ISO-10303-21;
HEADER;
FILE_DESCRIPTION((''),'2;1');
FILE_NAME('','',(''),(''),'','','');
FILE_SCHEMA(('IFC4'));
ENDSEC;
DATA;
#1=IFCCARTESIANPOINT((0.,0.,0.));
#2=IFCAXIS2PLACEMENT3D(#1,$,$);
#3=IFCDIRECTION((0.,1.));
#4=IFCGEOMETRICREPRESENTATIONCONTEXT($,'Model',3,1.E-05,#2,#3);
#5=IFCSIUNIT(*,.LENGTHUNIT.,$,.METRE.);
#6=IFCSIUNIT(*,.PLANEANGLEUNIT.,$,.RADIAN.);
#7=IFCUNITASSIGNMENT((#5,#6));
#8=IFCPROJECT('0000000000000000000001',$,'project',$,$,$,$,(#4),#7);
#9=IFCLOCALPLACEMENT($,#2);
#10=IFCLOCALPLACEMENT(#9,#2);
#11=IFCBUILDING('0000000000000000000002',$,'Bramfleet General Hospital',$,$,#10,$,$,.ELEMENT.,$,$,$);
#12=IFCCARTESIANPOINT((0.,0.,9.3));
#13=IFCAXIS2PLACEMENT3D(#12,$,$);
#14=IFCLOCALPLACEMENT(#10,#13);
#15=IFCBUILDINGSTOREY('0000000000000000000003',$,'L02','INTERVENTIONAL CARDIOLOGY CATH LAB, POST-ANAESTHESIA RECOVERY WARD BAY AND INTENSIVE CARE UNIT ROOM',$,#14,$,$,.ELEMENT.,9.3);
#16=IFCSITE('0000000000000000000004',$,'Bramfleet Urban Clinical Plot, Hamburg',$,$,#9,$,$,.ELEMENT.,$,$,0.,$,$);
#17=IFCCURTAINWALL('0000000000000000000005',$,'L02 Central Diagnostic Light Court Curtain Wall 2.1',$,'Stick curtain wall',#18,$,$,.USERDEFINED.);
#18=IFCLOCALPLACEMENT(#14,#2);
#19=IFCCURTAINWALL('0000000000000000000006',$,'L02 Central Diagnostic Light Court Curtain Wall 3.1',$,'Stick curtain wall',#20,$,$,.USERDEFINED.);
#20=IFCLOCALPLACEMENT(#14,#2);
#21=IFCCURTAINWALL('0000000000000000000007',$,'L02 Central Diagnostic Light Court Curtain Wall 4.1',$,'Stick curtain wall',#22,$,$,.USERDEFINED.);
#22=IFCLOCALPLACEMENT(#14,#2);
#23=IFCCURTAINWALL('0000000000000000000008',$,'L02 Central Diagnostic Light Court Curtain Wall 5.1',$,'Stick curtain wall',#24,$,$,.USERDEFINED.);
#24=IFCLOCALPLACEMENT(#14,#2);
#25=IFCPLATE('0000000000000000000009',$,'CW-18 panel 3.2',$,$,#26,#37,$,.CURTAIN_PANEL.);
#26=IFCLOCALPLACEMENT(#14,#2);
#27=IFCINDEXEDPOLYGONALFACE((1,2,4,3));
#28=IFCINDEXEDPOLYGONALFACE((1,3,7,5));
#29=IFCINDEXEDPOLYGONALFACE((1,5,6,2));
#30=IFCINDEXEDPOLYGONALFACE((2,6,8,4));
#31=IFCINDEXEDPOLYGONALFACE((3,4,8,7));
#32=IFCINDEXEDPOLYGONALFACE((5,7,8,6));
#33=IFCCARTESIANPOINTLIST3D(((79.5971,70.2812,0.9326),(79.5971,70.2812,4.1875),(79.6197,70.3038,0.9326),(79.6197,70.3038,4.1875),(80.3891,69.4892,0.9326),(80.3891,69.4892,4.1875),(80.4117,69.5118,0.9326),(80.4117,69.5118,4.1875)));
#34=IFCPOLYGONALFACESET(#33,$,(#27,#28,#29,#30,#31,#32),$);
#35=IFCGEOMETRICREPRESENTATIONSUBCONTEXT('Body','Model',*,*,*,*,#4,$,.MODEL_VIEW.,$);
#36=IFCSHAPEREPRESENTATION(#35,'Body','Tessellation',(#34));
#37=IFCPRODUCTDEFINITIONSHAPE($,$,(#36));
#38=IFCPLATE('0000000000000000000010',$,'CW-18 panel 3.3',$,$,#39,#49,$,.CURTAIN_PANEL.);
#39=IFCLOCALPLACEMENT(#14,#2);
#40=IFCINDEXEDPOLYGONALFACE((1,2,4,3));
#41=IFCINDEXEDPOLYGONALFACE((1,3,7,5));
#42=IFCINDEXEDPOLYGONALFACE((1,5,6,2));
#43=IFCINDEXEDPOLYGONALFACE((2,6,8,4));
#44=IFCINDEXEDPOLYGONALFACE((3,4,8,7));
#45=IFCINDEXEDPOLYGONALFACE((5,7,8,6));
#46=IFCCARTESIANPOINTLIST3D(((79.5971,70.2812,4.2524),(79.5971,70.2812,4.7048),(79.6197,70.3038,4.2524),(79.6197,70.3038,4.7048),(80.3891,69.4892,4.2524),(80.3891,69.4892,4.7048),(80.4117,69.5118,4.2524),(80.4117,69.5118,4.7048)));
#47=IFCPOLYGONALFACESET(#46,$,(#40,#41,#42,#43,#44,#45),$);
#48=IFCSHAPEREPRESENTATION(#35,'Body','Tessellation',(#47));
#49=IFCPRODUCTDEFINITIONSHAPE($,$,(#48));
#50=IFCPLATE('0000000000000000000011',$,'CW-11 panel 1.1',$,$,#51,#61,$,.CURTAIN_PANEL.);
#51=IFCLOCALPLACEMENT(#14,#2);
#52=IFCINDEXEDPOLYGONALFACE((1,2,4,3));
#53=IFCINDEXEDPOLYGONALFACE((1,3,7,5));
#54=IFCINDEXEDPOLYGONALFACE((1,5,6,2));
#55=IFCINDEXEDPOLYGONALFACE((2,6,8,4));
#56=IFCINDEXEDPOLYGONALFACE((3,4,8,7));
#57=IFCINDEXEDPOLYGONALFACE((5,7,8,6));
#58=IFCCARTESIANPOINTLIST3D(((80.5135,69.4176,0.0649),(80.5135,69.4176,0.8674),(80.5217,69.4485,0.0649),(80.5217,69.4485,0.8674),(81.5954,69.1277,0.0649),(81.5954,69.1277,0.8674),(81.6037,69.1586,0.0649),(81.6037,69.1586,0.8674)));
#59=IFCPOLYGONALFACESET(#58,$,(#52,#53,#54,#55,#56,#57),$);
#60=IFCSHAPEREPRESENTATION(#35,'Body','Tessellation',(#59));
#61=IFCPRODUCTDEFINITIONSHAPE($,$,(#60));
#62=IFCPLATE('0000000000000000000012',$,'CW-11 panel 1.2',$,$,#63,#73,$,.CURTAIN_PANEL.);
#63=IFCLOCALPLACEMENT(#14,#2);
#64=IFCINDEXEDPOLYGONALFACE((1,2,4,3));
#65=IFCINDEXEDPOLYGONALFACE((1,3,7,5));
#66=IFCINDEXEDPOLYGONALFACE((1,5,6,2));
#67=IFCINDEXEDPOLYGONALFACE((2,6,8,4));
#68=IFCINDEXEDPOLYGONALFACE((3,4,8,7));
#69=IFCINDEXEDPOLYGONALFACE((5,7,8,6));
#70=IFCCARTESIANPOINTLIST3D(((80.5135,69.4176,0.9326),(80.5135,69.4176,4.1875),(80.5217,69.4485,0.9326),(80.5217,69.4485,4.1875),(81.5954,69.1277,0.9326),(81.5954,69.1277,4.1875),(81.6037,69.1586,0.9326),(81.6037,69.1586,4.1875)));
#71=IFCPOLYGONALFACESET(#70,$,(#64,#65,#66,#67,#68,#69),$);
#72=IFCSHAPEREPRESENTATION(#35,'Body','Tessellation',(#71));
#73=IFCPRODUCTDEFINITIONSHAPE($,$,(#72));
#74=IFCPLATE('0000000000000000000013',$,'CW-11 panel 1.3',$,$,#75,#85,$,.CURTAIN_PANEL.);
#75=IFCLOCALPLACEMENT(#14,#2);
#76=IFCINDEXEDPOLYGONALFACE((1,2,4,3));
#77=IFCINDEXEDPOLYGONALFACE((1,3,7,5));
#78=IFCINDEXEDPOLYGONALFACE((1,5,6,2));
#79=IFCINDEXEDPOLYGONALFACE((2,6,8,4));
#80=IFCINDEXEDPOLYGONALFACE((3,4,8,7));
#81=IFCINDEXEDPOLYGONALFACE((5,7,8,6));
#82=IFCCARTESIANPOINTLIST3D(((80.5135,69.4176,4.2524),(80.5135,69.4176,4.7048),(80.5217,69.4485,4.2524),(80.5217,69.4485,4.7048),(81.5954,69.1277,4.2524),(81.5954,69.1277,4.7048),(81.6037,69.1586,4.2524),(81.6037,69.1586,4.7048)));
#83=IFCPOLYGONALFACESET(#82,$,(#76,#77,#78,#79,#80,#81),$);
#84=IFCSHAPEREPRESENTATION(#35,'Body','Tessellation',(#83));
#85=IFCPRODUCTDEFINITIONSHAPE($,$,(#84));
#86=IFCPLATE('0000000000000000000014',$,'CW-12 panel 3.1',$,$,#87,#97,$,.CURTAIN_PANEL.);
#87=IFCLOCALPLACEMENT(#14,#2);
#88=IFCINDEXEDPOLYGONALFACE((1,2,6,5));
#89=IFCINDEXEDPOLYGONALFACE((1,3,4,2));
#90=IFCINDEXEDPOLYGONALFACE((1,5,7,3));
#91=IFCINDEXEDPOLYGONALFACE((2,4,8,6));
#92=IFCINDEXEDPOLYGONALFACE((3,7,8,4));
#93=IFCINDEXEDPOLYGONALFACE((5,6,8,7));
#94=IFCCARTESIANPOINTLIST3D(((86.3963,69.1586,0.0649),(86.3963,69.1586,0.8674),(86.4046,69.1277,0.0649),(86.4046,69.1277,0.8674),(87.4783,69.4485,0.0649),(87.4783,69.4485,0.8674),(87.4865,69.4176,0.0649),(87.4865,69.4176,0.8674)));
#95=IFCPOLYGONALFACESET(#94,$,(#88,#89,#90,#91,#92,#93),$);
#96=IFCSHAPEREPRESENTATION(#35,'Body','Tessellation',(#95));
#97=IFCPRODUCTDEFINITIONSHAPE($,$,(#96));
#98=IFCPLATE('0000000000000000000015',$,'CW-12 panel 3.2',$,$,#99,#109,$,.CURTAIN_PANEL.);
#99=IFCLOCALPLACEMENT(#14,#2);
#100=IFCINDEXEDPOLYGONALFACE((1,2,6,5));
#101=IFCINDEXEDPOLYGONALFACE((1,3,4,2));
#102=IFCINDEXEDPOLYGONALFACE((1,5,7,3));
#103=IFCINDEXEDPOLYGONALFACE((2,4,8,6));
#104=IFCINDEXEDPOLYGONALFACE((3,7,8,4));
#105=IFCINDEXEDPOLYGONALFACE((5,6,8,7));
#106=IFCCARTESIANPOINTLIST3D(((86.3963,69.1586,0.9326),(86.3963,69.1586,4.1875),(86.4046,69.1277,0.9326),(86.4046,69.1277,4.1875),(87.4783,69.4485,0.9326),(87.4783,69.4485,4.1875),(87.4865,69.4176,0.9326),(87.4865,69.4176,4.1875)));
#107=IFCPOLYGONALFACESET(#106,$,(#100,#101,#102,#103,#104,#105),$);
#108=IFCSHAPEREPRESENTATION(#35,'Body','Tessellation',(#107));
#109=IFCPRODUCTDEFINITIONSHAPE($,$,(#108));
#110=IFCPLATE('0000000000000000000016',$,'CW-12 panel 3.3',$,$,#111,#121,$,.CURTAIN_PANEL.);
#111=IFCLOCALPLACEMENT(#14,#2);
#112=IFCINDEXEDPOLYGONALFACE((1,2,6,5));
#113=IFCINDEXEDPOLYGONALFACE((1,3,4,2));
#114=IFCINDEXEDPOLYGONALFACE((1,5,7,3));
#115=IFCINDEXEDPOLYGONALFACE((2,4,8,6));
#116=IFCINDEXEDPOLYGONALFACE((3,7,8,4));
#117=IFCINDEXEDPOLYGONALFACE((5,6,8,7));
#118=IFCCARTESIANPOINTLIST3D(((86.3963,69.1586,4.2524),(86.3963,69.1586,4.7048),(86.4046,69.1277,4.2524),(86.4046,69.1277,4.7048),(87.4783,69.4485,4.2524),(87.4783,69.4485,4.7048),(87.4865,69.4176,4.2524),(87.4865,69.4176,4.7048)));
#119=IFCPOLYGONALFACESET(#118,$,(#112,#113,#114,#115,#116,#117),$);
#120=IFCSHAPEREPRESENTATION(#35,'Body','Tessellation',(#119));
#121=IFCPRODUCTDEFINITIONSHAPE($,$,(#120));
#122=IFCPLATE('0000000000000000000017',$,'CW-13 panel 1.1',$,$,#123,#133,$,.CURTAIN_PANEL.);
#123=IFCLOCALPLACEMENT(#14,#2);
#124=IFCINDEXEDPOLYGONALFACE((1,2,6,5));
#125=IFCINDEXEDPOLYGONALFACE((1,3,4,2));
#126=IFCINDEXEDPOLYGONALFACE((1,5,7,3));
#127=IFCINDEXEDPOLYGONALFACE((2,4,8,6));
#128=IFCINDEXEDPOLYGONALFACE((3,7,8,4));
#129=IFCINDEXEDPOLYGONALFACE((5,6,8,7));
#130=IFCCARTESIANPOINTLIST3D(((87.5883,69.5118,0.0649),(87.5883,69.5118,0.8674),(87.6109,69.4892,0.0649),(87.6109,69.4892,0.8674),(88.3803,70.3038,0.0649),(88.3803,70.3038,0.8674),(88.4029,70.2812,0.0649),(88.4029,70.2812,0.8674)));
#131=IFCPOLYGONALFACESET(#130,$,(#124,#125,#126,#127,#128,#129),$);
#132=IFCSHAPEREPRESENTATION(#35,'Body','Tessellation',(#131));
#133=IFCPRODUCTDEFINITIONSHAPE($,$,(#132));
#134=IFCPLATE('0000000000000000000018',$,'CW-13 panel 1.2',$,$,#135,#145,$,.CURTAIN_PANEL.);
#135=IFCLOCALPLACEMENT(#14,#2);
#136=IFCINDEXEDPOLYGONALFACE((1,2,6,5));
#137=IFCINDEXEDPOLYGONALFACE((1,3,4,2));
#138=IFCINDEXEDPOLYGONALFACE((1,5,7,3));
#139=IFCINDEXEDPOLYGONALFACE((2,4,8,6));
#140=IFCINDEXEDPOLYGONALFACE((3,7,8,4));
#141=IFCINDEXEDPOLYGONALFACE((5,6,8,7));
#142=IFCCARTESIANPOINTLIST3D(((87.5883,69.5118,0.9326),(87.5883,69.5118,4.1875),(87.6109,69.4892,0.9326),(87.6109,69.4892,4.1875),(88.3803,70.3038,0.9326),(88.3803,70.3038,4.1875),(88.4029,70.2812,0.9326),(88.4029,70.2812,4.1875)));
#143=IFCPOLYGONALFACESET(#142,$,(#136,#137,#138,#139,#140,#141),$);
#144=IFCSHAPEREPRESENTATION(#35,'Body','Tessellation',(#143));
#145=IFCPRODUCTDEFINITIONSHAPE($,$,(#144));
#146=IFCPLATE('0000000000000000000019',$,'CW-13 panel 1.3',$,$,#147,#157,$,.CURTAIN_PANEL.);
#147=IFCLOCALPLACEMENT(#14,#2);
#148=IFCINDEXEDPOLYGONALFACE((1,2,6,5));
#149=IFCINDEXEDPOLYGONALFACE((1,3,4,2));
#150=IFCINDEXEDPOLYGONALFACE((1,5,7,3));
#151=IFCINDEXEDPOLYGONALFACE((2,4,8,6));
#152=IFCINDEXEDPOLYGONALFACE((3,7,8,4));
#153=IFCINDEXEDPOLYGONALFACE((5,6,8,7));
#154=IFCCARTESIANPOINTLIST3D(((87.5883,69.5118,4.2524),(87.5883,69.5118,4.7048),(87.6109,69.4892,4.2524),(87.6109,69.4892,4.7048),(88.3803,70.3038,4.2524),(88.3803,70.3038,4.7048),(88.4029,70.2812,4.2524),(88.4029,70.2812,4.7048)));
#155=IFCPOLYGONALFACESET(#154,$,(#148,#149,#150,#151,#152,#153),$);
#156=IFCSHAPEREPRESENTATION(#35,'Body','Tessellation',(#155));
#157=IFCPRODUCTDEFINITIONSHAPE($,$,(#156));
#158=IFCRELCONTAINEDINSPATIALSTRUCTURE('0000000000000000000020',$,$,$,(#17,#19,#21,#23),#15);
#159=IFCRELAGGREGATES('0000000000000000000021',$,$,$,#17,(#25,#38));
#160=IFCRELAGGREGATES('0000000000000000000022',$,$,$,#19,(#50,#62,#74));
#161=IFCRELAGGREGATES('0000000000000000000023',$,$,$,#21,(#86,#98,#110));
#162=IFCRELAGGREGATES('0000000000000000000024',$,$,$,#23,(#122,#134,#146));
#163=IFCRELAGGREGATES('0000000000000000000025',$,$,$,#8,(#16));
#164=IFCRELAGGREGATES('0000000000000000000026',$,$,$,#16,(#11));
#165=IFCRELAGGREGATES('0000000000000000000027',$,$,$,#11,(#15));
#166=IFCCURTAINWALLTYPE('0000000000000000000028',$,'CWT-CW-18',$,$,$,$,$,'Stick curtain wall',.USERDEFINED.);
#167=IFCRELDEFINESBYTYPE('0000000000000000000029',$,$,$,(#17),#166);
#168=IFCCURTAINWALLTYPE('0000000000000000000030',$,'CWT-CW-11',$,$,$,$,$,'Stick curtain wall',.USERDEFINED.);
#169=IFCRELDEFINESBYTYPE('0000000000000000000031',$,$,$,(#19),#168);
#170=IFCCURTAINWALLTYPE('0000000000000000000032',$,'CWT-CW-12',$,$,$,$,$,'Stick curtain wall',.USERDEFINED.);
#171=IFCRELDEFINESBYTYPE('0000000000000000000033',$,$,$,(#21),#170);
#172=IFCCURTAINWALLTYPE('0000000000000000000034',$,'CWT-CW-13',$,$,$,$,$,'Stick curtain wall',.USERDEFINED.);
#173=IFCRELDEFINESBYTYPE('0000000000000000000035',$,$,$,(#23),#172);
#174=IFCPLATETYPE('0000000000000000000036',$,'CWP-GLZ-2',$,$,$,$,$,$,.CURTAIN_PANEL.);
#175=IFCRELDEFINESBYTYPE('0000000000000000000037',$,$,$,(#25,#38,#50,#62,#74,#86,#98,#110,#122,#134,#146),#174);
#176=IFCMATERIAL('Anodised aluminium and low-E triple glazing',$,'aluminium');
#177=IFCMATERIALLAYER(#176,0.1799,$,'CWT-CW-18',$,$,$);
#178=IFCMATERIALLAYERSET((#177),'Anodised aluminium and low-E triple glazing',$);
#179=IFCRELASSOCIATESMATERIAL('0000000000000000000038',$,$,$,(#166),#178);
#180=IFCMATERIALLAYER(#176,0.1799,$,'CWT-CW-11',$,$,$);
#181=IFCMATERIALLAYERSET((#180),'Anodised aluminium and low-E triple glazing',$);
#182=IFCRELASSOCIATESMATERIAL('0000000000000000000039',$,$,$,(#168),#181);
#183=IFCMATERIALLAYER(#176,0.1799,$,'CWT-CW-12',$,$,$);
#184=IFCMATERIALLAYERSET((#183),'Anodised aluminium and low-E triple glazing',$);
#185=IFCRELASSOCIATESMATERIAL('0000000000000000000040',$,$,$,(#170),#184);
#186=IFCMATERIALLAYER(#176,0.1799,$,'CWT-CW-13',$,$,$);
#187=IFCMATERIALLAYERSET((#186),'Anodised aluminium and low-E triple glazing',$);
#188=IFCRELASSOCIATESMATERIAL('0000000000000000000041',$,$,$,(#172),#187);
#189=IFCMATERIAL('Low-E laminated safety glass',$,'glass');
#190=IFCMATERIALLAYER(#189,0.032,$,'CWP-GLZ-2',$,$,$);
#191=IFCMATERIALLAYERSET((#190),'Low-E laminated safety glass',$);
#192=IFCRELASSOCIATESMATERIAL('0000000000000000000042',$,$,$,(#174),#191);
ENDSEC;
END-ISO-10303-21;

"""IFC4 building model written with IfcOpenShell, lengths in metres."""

from ifc_helpers import new_model, si_unit, direction, frame, origin, origin_2d, place, context, subcontext, project, spatial, rectangle, extrude, material, layer, layer_set, type_object, element, aggregate, save


model = new_model("IFC4")

# Units and contexts
model_context = context("Model", 3, precision=1e-05, world=origin(), true_north=direction((0.0, 1.0)))
body_context = subcontext(model_context, "Body", "Model", "MODEL_VIEW")
ifc_project = project(units=[si_unit("LENGTHUNIT", "METRE"), si_unit("PLANEANGLEUNIT", "RADIAN")], contexts=[model_context])

# Site, building, storey
site_placement = place(None, origin())
site = spatial("IfcSite", under=ifc_project, at=site_placement, Name="Bramfleet Urban Clinical Plot, Hamburg", CompositionType="ELEMENT", RefElevation=0.0)
building_placement = place(site_placement, origin())
building = spatial("IfcBuilding", under=site, at=building_placement, Name="Bramfleet General Hospital", CompositionType="ELEMENT")
storey_placement = place(building_placement, frame((0.0, 0.0, 9.3)))
storey = spatial("IfcBuildingStorey", under=building, at=storey_placement, Name="L02", Description="INTERVENTIONAL CARDIOLOGY CATH LAB, POST-ANAESTHESIA RECOVERY WARD BAY AND INTENSIVE CARE UNIT ROOM", CompositionType="ELEMENT", Elevation=9.3)

# Curtain wall
ifc_material_1 = material(Name="Anodised aluminium and low-E triple glazing", Category="aluminium")
ifc_layer_1 = layer(ifc_material_1, 0.1799, Name="CWT-CW-18")
ifc_layer_set_1 = layer_set([ifc_layer_1], Name="Anodised aluminium and low-E triple glazing")
curtain_wall_type_1 = type_object("IfcCurtainWallType", Name="CWT-CW-18", ElementType="Stick curtain wall", PredefinedType="USERDEFINED", material=ifc_layer_set_1)
curtain_wall_1_placement = place(storey_placement, origin())
curtain_wall_1 = element("IfcCurtainWall", 1, at=curtain_wall_1_placement, inside=storey, type_object=curtain_wall_type_1, Name="L02 Central Diagnostic Light Court Curtain Wall 2.1", ObjectType="Stick curtain wall", PredefinedType="USERDEFINED")

# Curtain walls
ifc_layer_2 = layer(ifc_material_1, 0.1799, Name="CWT-CW-11")
ifc_layer_set_2 = layer_set([ifc_layer_2], Name="Anodised aluminium and low-E triple glazing")
curtain_wall_type_2 = type_object("IfcCurtainWallType", Name="CWT-CW-11", ElementType="Stick curtain wall", PredefinedType="USERDEFINED", material=ifc_layer_set_2)
curtain_wall_2_placement = place(storey_placement, origin())
curtain_wall_2 = element("IfcCurtainWall", 2, at=curtain_wall_2_placement, inside=storey, type_object=curtain_wall_type_2, Name="L02 Central Diagnostic Light Court Curtain Wall 3.1", ObjectType="Stick curtain wall", PredefinedType="USERDEFINED")
ifc_layer_3 = layer(ifc_material_1, 0.1799, Name="CWT-CW-12")
ifc_layer_set_3 = layer_set([ifc_layer_3], Name="Anodised aluminium and low-E triple glazing")
curtain_wall_type_3 = type_object("IfcCurtainWallType", Name="CWT-CW-12", ElementType="Stick curtain wall", PredefinedType="USERDEFINED", material=ifc_layer_set_3)
curtain_wall_3_placement = place(storey_placement, origin())
curtain_wall_3 = element("IfcCurtainWall", 3, at=curtain_wall_3_placement, inside=storey, type_object=curtain_wall_type_3, Name="L02 Central Diagnostic Light Court Curtain Wall 4.1", ObjectType="Stick curtain wall", PredefinedType="USERDEFINED")
ifc_layer_4 = layer(ifc_material_1, 0.1799, Name="CWT-CW-13")
ifc_layer_set_4 = layer_set([ifc_layer_4], Name="Anodised aluminium and low-E triple glazing")
curtain_wall_type_4 = type_object("IfcCurtainWallType", Name="CWT-CW-13", ElementType="Stick curtain wall", PredefinedType="USERDEFINED", material=ifc_layer_set_4)
curtain_wall_4_placement = place(storey_placement, origin())
curtain_wall_4 = element("IfcCurtainWall", 4, at=curtain_wall_4_placement, inside=storey, type_object=curtain_wall_type_4, Name="L02 Central Diagnostic Light Court Curtain Wall 5.1", ObjectType="Stick curtain wall", PredefinedType="USERDEFINED")

# Plates
ifc_material_2 = material(Name="Low-E laminated safety glass", Category="glass")
ifc_layer_5 = layer(ifc_material_2, 0.032, Name="CWP-GLZ-2")
ifc_layer_set_5 = layer_set([ifc_layer_5], Name="Low-E laminated safety glass")
plate_type = type_object("IfcPlateType", Name="CWP-GLZ-2", PredefinedType="CURTAIN_PANEL", material=ifc_layer_set_5)
plate_1_placement = place(storey_placement, frame((80.0044, 69.8965, 0.9326), z_axis=(0.0, 0.0, 1.0), x_axis=(0.707107, -0.707107, 0.0)))
plate_1 = element("IfcPlate", 5, at=plate_1_placement, type_object=plate_type, Name="CW-18 panel 3.2", PredefinedType="CURTAIN_PANEL", context=body_context, shape_type="SweptSolid", body=[
    extrude(rectangle(XDim=1.1201, YDim=0.032, at=origin_2d()), origin(), (0.0, 0.0, 1.0), 3.2549),
])
plate_2_placement = place(storey_placement, frame((80.0044, 69.8965, 4.2524), z_axis=(0.0, 0.0, 1.0), x_axis=(0.707107, -0.707107, 0.0)))
plate_2 = element("IfcPlate", 6, at=plate_2_placement, type_object=plate_type, Name="CW-18 panel 3.3", PredefinedType="CURTAIN_PANEL", context=body_context, shape_type="SweptSolid", body=[
    extrude(rectangle(XDim=1.1201, YDim=0.032, at=origin_2d()), origin(), (0.0, 0.0, 1.0), 0.4524),
])
aggregate(curtain_wall_1, [plate_1, plate_2])
plate_3_placement = place(storey_placement, frame((81.0586, 69.2881, 0.0649), z_axis=(0.0, 0.0, 1.0), x_axis=(0.965941, -0.258763, 0.0)))
plate_3 = element("IfcPlate", 7, at=plate_3_placement, type_object=plate_type, Name="CW-11 panel 1.1", PredefinedType="CURTAIN_PANEL", context=body_context, shape_type="SweptSolid", body=[
    extrude(rectangle(XDim=1.1201, YDim=0.032, at=origin_2d()), origin(), (0.0, 0.0, 1.0), 0.8025),
])
plate_4_placement = place(storey_placement, frame((81.0586, 69.2881, 0.9326), z_axis=(0.0, 0.0, 1.0), x_axis=(0.965941, -0.258763, 0.0)))
plate_4 = element("IfcPlate", 8, at=plate_4_placement, type_object=plate_type, Name="CW-11 panel 1.2", PredefinedType="CURTAIN_PANEL", context=body_context, shape_type="SweptSolid", body=[
    extrude(rectangle(XDim=1.1201, YDim=0.032, at=origin_2d()), origin(), (0.0, 0.0, 1.0), 3.2549),
])
plate_5_placement = place(storey_placement, frame((81.0586, 69.2881, 4.2524), z_axis=(0.0, 0.0, 1.0), x_axis=(0.965941, -0.258763, 0.0)))
plate_5 = element("IfcPlate", 9, at=plate_5_placement, type_object=plate_type, Name="CW-11 panel 1.3", PredefinedType="CURTAIN_PANEL", context=body_context, shape_type="SweptSolid", body=[
    extrude(rectangle(XDim=1.1201, YDim=0.032, at=origin_2d()), origin(), (0.0, 0.0, 1.0), 0.4524),
])
aggregate(curtain_wall_2, [plate_3, plate_4, plate_5])
plate_6_placement = place(storey_placement, frame((86.9414, 69.2881, 0.0649), z_axis=(0.0, 0.0, 1.0), x_axis=(0.965941, 0.258763, 0.0)))
plate_6 = element("IfcPlate", 10, at=plate_6_placement, type_object=plate_type, Name="CW-12 panel 3.1", PredefinedType="CURTAIN_PANEL", context=body_context, shape_type="SweptSolid", body=[
    extrude(rectangle(XDim=1.1201, YDim=0.032, at=origin_2d()), origin(), (0.0, 0.0, 1.0), 0.8025),
])
plate_7_placement = place(storey_placement, frame((86.9414, 69.2881, 0.9326), z_axis=(0.0, 0.0, 1.0), x_axis=(0.965941, 0.258763, 0.0)))
plate_7 = element("IfcPlate", 11, at=plate_7_placement, type_object=plate_type, Name="CW-12 panel 3.2", PredefinedType="CURTAIN_PANEL", context=body_context, shape_type="SweptSolid", body=[
    extrude(rectangle(XDim=1.1201, YDim=0.032, at=origin_2d()), origin(), (0.0, 0.0, 1.0), 3.2549),
])
plate_8_placement = place(storey_placement, frame((86.9414, 69.2881, 4.2524), z_axis=(0.0, 0.0, 1.0), x_axis=(0.965941, 0.258763, 0.0)))
plate_8 = element("IfcPlate", 12, at=plate_8_placement, type_object=plate_type, Name="CW-12 panel 3.3", PredefinedType="CURTAIN_PANEL", context=body_context, shape_type="SweptSolid", body=[
    extrude(rectangle(XDim=1.1201, YDim=0.032, at=origin_2d()), origin(), (0.0, 0.0, 1.0), 0.4524),
])
aggregate(curtain_wall_3, [plate_6, plate_7, plate_8])
plate_9_placement = place(storey_placement, frame((87.9956, 69.8965, 0.0649), z_axis=(0.0, 0.0, 1.0), x_axis=(0.707107, 0.707107, 0.0)))
plate_9 = element("IfcPlate", 13, at=plate_9_placement, type_object=plate_type, Name="CW-13 panel 1.1", PredefinedType="CURTAIN_PANEL", context=body_context, shape_type="SweptSolid", body=[
    extrude(rectangle(XDim=1.1201, YDim=0.032, at=origin_2d()), origin(), (0.0, 0.0, 1.0), 0.8025),
])
plate_10_placement = place(storey_placement, frame((87.9956, 69.8965, 0.9326), z_axis=(0.0, 0.0, 1.0), x_axis=(0.707107, 0.707107, 0.0)))
plate_10 = element("IfcPlate", 14, at=plate_10_placement, type_object=plate_type, Name="CW-13 panel 1.2", PredefinedType="CURTAIN_PANEL", context=body_context, shape_type="SweptSolid", body=[
    extrude(rectangle(XDim=1.1201, YDim=0.032, at=origin_2d()), origin(), (0.0, 0.0, 1.0), 3.2549),
])
plate_11_placement = place(storey_placement, frame((87.9956, 69.8965, 4.2524), z_axis=(0.0, 0.0, 1.0), x_axis=(0.707107, 0.707107, 0.0)))
plate_11 = element("IfcPlate", 15, at=plate_11_placement, type_object=plate_type, Name="CW-13 panel 1.3", PredefinedType="CURTAIN_PANEL", context=body_context, shape_type="SweptSolid", body=[
    extrude(rectangle(XDim=1.1201, YDim=0.032, at=origin_2d()), origin(), (0.0, 0.0, 1.0), 0.4524),
])
aggregate(curtain_wall_4, [plate_9, plate_10, plate_11])

save(model, "model.ifc")
